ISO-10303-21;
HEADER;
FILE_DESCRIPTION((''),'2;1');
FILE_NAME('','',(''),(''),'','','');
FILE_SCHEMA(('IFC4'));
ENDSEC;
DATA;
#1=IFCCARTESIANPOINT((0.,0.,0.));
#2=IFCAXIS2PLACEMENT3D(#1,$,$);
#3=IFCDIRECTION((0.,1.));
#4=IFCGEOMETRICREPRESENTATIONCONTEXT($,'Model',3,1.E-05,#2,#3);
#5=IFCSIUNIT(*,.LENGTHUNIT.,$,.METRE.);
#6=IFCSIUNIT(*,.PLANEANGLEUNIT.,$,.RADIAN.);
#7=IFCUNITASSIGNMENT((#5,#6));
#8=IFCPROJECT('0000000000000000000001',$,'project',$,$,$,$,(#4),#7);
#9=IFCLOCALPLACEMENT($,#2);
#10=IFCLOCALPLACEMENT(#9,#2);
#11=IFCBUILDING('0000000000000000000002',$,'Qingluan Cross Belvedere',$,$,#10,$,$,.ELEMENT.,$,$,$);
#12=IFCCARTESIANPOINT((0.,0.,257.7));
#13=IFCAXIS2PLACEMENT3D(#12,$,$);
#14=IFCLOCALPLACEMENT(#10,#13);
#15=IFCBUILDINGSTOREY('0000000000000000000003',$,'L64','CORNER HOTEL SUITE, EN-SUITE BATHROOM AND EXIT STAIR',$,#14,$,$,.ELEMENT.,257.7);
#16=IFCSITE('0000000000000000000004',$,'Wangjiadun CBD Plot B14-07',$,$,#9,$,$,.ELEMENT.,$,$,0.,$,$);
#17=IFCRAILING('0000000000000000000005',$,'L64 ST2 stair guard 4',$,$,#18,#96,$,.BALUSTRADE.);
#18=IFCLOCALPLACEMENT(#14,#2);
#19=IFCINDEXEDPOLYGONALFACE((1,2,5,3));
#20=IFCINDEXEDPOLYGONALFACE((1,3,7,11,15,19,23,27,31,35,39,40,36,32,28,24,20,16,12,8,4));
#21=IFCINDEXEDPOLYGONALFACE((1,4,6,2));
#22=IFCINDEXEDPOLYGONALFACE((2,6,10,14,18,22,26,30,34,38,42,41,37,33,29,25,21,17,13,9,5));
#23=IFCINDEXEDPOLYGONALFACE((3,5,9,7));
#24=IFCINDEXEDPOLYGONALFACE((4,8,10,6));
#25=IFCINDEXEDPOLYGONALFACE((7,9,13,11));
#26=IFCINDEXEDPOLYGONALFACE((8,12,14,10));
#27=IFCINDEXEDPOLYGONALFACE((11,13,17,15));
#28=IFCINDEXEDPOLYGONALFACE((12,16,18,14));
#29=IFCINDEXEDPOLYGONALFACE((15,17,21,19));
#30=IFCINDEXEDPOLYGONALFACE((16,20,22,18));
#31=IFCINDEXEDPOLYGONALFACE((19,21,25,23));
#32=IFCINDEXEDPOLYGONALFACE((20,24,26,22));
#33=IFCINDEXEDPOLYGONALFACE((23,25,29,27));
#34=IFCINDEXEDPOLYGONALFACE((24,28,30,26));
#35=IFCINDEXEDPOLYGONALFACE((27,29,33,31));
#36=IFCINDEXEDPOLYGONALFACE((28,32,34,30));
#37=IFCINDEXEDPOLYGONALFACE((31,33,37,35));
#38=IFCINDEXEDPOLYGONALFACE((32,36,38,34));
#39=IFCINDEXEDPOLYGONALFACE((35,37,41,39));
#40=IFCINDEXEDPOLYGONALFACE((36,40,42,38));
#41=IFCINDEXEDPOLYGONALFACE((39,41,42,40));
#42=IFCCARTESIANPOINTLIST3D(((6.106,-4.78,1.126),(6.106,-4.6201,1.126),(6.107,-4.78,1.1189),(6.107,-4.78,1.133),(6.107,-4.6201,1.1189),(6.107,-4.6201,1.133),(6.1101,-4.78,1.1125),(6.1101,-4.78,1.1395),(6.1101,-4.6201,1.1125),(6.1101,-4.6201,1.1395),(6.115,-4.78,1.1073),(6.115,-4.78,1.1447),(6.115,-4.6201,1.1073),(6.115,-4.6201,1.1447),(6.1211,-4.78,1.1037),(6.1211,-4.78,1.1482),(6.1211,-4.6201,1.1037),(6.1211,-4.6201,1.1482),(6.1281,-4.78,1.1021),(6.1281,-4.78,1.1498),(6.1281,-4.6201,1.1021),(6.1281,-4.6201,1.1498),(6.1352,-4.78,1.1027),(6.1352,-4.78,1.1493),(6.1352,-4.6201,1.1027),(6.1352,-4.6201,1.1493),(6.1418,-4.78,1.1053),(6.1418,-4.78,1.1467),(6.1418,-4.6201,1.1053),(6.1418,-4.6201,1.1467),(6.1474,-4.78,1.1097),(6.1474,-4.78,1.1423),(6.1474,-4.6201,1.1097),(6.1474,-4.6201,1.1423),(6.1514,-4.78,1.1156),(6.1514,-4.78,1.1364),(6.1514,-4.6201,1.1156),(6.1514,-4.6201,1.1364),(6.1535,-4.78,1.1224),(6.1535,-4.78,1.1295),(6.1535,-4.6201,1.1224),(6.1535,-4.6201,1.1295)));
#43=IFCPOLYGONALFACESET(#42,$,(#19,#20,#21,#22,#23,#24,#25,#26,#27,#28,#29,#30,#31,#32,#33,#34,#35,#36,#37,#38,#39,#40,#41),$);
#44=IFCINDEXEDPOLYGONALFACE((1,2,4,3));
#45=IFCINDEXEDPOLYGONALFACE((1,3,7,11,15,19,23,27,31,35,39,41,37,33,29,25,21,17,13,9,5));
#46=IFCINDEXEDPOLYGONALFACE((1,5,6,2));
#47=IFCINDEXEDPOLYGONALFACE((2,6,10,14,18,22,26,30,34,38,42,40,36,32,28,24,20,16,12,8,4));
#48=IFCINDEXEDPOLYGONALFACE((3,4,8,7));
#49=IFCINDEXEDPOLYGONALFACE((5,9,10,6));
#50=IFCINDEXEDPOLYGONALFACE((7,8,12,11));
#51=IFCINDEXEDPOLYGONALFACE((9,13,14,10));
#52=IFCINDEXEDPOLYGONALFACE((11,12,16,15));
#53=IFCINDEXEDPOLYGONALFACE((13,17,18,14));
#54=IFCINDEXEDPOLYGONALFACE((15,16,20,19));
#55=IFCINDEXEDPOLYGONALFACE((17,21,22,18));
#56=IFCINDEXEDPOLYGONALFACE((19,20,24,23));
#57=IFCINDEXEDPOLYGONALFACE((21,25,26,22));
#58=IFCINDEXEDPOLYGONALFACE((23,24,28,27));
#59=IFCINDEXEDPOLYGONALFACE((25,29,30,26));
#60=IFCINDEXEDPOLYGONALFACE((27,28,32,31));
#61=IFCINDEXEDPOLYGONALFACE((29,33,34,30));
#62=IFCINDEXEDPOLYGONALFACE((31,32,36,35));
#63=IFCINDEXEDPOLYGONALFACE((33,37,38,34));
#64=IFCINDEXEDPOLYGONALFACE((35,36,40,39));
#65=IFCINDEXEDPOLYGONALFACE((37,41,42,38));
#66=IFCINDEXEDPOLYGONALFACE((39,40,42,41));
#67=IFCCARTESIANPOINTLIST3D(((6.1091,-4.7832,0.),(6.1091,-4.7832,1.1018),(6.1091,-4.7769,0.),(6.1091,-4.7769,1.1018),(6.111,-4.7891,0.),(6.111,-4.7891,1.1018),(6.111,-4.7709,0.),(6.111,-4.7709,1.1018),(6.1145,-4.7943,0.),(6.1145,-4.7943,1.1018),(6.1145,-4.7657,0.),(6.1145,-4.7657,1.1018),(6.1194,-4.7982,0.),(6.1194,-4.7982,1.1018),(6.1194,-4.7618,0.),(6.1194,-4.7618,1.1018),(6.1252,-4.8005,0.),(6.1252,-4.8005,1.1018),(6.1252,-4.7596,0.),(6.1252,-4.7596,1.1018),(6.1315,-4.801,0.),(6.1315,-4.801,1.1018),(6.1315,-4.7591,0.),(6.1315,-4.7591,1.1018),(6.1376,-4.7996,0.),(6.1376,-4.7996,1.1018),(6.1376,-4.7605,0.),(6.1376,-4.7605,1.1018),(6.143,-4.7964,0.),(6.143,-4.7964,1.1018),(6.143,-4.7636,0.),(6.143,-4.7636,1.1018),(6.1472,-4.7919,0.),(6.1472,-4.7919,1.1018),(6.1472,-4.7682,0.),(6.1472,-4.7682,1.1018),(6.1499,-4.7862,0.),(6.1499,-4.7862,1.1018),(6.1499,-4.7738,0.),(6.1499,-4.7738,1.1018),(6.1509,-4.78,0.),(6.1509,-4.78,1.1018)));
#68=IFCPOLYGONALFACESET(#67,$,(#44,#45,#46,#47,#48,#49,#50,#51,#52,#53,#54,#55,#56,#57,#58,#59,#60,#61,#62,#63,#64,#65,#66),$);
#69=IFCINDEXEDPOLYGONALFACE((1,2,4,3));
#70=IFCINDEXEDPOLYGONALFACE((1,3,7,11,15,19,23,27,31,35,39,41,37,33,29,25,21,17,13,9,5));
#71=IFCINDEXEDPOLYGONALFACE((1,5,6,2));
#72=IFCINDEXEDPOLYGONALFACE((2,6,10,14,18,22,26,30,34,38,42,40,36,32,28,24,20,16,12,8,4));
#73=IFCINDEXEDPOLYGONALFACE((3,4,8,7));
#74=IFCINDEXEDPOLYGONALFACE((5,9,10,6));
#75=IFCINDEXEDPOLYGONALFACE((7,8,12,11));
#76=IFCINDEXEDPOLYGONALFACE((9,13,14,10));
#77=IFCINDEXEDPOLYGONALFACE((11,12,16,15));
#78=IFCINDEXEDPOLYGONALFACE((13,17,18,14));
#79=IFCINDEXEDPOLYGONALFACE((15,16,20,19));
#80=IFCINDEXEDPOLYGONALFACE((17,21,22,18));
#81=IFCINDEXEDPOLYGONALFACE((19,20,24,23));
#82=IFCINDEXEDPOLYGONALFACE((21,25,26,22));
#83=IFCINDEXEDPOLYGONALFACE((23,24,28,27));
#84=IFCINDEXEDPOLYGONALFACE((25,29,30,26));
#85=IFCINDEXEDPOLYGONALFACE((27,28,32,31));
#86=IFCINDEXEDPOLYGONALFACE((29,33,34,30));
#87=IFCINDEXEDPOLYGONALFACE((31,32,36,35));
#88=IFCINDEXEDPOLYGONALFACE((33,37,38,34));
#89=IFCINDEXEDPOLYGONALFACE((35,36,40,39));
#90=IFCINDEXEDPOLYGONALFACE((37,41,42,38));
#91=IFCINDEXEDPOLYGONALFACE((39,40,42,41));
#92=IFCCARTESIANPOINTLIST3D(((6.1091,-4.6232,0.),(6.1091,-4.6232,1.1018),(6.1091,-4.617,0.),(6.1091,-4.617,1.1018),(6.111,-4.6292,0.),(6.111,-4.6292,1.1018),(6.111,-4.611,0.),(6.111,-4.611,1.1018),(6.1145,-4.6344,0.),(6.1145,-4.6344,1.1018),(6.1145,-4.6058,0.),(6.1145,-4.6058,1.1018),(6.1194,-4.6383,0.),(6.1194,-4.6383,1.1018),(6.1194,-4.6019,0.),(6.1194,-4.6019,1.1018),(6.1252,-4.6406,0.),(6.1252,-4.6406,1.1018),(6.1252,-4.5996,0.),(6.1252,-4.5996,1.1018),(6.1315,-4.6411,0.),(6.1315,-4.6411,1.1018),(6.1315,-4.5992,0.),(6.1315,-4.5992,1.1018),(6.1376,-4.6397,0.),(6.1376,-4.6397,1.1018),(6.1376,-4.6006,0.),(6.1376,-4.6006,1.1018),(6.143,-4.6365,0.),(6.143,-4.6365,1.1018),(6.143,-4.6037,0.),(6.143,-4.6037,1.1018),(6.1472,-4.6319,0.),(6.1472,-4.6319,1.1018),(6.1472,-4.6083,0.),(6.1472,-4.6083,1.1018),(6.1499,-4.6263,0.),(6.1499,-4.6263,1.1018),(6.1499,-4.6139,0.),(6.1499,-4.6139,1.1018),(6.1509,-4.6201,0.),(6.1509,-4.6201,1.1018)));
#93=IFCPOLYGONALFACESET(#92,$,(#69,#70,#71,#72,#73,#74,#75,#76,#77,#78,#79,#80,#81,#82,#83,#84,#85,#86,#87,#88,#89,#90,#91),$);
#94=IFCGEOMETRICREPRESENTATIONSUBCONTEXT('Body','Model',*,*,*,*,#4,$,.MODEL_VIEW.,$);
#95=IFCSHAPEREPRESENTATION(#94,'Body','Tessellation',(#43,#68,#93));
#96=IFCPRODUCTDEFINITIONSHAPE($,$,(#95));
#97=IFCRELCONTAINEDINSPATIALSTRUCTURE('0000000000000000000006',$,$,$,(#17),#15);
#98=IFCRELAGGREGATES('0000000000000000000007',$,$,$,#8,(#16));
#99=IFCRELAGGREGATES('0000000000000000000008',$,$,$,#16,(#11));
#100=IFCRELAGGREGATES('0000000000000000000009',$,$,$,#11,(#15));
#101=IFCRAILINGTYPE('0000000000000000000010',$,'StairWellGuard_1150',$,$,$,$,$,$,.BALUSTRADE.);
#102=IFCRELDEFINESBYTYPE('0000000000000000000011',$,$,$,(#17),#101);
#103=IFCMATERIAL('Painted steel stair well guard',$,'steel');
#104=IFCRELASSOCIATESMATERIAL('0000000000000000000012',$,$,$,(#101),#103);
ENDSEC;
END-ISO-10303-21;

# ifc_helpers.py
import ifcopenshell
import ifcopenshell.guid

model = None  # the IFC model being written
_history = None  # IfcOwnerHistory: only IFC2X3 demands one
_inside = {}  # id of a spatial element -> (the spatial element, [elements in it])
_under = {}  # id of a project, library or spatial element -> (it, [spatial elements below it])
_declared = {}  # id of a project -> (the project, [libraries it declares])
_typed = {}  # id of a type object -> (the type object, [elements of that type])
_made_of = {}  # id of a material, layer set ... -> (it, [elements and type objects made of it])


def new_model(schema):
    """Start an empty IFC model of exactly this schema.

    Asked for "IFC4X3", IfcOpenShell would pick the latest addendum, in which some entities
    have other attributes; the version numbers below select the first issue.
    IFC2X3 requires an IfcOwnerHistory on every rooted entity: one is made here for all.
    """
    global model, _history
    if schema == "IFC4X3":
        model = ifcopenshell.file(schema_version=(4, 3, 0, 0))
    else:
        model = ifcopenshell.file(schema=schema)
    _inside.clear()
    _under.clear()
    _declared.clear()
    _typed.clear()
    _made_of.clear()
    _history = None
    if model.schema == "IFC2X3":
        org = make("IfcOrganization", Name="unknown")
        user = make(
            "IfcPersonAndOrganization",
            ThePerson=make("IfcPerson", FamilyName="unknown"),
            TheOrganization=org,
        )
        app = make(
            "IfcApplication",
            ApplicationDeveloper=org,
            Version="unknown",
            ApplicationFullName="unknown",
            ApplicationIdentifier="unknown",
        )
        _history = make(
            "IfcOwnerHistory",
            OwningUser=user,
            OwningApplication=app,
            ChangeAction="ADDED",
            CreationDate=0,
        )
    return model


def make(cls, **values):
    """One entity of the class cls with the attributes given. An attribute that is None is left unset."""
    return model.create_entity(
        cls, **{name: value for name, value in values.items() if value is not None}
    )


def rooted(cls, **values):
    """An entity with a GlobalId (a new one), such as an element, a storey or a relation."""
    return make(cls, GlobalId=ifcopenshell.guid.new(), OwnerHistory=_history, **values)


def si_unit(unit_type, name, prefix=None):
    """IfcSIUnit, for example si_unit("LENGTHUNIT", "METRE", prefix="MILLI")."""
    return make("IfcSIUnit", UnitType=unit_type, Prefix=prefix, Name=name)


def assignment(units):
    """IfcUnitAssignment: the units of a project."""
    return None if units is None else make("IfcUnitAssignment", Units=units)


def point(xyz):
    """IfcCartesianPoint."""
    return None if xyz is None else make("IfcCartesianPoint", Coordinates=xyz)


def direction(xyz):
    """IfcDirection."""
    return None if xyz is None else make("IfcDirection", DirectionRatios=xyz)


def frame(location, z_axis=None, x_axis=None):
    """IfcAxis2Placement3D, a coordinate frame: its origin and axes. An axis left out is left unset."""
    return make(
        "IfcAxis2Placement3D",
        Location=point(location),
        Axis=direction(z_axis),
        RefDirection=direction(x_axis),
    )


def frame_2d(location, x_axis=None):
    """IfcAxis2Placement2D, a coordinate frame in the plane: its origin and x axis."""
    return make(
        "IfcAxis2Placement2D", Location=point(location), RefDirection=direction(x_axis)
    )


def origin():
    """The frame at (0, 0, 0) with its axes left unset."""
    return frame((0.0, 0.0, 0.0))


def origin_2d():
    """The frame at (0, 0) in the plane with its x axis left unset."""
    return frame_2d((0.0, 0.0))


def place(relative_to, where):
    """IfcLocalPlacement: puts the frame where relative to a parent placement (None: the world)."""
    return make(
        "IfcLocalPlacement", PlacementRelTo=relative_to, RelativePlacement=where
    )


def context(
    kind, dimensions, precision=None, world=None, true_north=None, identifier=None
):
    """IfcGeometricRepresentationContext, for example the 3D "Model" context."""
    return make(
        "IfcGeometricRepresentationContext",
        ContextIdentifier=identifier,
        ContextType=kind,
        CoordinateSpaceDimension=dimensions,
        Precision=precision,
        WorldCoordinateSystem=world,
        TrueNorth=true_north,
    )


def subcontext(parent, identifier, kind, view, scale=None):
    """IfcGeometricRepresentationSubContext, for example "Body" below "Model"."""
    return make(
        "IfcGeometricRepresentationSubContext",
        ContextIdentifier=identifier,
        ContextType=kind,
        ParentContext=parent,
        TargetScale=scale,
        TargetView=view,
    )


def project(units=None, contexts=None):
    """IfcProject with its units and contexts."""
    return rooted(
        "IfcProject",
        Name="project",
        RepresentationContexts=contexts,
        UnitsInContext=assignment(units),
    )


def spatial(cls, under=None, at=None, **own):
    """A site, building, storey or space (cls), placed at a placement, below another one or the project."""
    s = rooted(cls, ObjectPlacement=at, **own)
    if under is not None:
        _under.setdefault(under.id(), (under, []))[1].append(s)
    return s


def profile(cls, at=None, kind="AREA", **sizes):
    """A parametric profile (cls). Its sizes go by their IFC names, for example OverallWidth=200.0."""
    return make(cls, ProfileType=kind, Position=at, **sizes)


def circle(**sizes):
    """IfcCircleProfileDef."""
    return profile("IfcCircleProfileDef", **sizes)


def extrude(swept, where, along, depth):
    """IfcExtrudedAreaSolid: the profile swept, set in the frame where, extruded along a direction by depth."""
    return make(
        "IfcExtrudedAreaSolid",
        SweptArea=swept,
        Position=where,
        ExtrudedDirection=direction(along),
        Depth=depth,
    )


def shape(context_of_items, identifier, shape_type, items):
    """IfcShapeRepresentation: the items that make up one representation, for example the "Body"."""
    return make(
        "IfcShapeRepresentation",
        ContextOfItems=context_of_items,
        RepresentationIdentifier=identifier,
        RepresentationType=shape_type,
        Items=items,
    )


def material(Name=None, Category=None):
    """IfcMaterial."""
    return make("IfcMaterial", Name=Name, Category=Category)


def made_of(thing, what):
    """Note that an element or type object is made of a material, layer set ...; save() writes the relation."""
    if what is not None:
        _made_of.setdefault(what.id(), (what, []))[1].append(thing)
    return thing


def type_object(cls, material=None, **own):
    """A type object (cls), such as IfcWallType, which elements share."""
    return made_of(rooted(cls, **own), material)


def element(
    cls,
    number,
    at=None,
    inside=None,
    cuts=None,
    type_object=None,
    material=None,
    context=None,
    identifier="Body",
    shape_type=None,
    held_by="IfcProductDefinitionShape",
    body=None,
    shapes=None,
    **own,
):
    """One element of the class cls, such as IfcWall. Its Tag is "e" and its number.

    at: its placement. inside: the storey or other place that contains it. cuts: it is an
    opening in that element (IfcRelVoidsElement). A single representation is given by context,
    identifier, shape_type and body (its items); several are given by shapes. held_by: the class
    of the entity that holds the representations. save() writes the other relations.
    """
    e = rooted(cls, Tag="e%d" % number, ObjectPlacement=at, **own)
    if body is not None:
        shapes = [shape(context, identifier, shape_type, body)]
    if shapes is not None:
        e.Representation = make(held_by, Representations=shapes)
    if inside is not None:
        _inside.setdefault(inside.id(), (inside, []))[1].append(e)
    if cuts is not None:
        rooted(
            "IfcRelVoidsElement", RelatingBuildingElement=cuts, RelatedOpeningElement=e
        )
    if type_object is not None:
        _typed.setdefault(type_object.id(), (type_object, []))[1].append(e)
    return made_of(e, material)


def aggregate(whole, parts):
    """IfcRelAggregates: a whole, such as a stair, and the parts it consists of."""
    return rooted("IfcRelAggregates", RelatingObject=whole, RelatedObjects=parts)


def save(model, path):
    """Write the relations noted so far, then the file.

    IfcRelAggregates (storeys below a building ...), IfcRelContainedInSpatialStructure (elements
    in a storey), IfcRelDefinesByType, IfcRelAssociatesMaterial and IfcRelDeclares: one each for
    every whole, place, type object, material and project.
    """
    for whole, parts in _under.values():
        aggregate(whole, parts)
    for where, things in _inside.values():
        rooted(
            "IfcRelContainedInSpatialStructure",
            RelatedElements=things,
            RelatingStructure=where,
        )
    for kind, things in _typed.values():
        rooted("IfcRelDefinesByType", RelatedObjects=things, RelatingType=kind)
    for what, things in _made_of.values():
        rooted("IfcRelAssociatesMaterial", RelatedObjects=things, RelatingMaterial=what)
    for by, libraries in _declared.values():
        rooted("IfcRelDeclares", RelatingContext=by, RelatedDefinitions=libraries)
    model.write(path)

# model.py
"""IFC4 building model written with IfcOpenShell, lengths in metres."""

from ifc_helpers import new_model, si_unit, direction, frame, origin, origin_2d, place, context, subcontext, project, spatial, circle, extrude, material, type_object, element, save


model = new_model("IFC4")

# Units and contexts
model_context = context("Model", 3, precision=1e-05, world=origin(), true_north=direction((0.0, 1.0)))
body_context = subcontext(model_context, "Body", "Model", "MODEL_VIEW")
ifc_project = project(units=[si_unit("LENGTHUNIT", "METRE"), si_unit("PLANEANGLEUNIT", "RADIAN")], contexts=[model_context])

# Site, building, storey
site_placement = place(None, origin())
site = spatial("IfcSite", under=ifc_project, at=site_placement, Name="Wangjiadun CBD Plot B14-07", CompositionType="ELEMENT", RefElevation=0.0)
building_placement = place(site_placement, origin())
building = spatial("IfcBuilding", under=site, at=building_placement, Name="Qingluan Cross Belvedere", CompositionType="ELEMENT")
storey_placement = place(building_placement, frame((0.0, 0.0, 257.7)))
storey = spatial("IfcBuildingStorey", under=building, at=storey_placement, Name="L64", Description="CORNER HOTEL SUITE, EN-SUITE BATHROOM AND EXIT STAIR", CompositionType="ELEMENT", Elevation=257.7)

# Railing
ifc_material_1 = material(Name="Painted steel stair well guard", Category="steel")
railing_type_1 = type_object("IfcRailingType", Name="StairWellGuard_1150", PredefinedType="BALUSTRADE", material=ifc_material_1)
railing_1_placement = place(storey_placement, frame((6.1299, -4.78, 0.0)))
element("IfcRailing", 1, at=railing_1_placement, inside=storey, type_object=railing_type_1, Name="L64 ST2 stair guard 4", PredefinedType="BALUSTRADE", context=body_context, shape_type="SweptSolid", body=[
    extrude(circle(Radius=0.0239, at=origin_2d()), frame((0.0, 0.0, 1.126), z_axis=(0.0, 1.0, 0.0), x_axis=(-1.0, 0.0, 0.0)), (0.0, 0.0, 1.0), 0.1599),
    extrude(circle(Radius=0.021, at=origin_2d()), origin(), (0.0, 0.0, 1.0), 1.1018),
    extrude(circle(Radius=0.021, at=origin_2d()), frame((0.0, 0.1599, 0.0)), (0.0, 0.0, 1.0), 1.1018),
])

save(model, "model.ifc")
